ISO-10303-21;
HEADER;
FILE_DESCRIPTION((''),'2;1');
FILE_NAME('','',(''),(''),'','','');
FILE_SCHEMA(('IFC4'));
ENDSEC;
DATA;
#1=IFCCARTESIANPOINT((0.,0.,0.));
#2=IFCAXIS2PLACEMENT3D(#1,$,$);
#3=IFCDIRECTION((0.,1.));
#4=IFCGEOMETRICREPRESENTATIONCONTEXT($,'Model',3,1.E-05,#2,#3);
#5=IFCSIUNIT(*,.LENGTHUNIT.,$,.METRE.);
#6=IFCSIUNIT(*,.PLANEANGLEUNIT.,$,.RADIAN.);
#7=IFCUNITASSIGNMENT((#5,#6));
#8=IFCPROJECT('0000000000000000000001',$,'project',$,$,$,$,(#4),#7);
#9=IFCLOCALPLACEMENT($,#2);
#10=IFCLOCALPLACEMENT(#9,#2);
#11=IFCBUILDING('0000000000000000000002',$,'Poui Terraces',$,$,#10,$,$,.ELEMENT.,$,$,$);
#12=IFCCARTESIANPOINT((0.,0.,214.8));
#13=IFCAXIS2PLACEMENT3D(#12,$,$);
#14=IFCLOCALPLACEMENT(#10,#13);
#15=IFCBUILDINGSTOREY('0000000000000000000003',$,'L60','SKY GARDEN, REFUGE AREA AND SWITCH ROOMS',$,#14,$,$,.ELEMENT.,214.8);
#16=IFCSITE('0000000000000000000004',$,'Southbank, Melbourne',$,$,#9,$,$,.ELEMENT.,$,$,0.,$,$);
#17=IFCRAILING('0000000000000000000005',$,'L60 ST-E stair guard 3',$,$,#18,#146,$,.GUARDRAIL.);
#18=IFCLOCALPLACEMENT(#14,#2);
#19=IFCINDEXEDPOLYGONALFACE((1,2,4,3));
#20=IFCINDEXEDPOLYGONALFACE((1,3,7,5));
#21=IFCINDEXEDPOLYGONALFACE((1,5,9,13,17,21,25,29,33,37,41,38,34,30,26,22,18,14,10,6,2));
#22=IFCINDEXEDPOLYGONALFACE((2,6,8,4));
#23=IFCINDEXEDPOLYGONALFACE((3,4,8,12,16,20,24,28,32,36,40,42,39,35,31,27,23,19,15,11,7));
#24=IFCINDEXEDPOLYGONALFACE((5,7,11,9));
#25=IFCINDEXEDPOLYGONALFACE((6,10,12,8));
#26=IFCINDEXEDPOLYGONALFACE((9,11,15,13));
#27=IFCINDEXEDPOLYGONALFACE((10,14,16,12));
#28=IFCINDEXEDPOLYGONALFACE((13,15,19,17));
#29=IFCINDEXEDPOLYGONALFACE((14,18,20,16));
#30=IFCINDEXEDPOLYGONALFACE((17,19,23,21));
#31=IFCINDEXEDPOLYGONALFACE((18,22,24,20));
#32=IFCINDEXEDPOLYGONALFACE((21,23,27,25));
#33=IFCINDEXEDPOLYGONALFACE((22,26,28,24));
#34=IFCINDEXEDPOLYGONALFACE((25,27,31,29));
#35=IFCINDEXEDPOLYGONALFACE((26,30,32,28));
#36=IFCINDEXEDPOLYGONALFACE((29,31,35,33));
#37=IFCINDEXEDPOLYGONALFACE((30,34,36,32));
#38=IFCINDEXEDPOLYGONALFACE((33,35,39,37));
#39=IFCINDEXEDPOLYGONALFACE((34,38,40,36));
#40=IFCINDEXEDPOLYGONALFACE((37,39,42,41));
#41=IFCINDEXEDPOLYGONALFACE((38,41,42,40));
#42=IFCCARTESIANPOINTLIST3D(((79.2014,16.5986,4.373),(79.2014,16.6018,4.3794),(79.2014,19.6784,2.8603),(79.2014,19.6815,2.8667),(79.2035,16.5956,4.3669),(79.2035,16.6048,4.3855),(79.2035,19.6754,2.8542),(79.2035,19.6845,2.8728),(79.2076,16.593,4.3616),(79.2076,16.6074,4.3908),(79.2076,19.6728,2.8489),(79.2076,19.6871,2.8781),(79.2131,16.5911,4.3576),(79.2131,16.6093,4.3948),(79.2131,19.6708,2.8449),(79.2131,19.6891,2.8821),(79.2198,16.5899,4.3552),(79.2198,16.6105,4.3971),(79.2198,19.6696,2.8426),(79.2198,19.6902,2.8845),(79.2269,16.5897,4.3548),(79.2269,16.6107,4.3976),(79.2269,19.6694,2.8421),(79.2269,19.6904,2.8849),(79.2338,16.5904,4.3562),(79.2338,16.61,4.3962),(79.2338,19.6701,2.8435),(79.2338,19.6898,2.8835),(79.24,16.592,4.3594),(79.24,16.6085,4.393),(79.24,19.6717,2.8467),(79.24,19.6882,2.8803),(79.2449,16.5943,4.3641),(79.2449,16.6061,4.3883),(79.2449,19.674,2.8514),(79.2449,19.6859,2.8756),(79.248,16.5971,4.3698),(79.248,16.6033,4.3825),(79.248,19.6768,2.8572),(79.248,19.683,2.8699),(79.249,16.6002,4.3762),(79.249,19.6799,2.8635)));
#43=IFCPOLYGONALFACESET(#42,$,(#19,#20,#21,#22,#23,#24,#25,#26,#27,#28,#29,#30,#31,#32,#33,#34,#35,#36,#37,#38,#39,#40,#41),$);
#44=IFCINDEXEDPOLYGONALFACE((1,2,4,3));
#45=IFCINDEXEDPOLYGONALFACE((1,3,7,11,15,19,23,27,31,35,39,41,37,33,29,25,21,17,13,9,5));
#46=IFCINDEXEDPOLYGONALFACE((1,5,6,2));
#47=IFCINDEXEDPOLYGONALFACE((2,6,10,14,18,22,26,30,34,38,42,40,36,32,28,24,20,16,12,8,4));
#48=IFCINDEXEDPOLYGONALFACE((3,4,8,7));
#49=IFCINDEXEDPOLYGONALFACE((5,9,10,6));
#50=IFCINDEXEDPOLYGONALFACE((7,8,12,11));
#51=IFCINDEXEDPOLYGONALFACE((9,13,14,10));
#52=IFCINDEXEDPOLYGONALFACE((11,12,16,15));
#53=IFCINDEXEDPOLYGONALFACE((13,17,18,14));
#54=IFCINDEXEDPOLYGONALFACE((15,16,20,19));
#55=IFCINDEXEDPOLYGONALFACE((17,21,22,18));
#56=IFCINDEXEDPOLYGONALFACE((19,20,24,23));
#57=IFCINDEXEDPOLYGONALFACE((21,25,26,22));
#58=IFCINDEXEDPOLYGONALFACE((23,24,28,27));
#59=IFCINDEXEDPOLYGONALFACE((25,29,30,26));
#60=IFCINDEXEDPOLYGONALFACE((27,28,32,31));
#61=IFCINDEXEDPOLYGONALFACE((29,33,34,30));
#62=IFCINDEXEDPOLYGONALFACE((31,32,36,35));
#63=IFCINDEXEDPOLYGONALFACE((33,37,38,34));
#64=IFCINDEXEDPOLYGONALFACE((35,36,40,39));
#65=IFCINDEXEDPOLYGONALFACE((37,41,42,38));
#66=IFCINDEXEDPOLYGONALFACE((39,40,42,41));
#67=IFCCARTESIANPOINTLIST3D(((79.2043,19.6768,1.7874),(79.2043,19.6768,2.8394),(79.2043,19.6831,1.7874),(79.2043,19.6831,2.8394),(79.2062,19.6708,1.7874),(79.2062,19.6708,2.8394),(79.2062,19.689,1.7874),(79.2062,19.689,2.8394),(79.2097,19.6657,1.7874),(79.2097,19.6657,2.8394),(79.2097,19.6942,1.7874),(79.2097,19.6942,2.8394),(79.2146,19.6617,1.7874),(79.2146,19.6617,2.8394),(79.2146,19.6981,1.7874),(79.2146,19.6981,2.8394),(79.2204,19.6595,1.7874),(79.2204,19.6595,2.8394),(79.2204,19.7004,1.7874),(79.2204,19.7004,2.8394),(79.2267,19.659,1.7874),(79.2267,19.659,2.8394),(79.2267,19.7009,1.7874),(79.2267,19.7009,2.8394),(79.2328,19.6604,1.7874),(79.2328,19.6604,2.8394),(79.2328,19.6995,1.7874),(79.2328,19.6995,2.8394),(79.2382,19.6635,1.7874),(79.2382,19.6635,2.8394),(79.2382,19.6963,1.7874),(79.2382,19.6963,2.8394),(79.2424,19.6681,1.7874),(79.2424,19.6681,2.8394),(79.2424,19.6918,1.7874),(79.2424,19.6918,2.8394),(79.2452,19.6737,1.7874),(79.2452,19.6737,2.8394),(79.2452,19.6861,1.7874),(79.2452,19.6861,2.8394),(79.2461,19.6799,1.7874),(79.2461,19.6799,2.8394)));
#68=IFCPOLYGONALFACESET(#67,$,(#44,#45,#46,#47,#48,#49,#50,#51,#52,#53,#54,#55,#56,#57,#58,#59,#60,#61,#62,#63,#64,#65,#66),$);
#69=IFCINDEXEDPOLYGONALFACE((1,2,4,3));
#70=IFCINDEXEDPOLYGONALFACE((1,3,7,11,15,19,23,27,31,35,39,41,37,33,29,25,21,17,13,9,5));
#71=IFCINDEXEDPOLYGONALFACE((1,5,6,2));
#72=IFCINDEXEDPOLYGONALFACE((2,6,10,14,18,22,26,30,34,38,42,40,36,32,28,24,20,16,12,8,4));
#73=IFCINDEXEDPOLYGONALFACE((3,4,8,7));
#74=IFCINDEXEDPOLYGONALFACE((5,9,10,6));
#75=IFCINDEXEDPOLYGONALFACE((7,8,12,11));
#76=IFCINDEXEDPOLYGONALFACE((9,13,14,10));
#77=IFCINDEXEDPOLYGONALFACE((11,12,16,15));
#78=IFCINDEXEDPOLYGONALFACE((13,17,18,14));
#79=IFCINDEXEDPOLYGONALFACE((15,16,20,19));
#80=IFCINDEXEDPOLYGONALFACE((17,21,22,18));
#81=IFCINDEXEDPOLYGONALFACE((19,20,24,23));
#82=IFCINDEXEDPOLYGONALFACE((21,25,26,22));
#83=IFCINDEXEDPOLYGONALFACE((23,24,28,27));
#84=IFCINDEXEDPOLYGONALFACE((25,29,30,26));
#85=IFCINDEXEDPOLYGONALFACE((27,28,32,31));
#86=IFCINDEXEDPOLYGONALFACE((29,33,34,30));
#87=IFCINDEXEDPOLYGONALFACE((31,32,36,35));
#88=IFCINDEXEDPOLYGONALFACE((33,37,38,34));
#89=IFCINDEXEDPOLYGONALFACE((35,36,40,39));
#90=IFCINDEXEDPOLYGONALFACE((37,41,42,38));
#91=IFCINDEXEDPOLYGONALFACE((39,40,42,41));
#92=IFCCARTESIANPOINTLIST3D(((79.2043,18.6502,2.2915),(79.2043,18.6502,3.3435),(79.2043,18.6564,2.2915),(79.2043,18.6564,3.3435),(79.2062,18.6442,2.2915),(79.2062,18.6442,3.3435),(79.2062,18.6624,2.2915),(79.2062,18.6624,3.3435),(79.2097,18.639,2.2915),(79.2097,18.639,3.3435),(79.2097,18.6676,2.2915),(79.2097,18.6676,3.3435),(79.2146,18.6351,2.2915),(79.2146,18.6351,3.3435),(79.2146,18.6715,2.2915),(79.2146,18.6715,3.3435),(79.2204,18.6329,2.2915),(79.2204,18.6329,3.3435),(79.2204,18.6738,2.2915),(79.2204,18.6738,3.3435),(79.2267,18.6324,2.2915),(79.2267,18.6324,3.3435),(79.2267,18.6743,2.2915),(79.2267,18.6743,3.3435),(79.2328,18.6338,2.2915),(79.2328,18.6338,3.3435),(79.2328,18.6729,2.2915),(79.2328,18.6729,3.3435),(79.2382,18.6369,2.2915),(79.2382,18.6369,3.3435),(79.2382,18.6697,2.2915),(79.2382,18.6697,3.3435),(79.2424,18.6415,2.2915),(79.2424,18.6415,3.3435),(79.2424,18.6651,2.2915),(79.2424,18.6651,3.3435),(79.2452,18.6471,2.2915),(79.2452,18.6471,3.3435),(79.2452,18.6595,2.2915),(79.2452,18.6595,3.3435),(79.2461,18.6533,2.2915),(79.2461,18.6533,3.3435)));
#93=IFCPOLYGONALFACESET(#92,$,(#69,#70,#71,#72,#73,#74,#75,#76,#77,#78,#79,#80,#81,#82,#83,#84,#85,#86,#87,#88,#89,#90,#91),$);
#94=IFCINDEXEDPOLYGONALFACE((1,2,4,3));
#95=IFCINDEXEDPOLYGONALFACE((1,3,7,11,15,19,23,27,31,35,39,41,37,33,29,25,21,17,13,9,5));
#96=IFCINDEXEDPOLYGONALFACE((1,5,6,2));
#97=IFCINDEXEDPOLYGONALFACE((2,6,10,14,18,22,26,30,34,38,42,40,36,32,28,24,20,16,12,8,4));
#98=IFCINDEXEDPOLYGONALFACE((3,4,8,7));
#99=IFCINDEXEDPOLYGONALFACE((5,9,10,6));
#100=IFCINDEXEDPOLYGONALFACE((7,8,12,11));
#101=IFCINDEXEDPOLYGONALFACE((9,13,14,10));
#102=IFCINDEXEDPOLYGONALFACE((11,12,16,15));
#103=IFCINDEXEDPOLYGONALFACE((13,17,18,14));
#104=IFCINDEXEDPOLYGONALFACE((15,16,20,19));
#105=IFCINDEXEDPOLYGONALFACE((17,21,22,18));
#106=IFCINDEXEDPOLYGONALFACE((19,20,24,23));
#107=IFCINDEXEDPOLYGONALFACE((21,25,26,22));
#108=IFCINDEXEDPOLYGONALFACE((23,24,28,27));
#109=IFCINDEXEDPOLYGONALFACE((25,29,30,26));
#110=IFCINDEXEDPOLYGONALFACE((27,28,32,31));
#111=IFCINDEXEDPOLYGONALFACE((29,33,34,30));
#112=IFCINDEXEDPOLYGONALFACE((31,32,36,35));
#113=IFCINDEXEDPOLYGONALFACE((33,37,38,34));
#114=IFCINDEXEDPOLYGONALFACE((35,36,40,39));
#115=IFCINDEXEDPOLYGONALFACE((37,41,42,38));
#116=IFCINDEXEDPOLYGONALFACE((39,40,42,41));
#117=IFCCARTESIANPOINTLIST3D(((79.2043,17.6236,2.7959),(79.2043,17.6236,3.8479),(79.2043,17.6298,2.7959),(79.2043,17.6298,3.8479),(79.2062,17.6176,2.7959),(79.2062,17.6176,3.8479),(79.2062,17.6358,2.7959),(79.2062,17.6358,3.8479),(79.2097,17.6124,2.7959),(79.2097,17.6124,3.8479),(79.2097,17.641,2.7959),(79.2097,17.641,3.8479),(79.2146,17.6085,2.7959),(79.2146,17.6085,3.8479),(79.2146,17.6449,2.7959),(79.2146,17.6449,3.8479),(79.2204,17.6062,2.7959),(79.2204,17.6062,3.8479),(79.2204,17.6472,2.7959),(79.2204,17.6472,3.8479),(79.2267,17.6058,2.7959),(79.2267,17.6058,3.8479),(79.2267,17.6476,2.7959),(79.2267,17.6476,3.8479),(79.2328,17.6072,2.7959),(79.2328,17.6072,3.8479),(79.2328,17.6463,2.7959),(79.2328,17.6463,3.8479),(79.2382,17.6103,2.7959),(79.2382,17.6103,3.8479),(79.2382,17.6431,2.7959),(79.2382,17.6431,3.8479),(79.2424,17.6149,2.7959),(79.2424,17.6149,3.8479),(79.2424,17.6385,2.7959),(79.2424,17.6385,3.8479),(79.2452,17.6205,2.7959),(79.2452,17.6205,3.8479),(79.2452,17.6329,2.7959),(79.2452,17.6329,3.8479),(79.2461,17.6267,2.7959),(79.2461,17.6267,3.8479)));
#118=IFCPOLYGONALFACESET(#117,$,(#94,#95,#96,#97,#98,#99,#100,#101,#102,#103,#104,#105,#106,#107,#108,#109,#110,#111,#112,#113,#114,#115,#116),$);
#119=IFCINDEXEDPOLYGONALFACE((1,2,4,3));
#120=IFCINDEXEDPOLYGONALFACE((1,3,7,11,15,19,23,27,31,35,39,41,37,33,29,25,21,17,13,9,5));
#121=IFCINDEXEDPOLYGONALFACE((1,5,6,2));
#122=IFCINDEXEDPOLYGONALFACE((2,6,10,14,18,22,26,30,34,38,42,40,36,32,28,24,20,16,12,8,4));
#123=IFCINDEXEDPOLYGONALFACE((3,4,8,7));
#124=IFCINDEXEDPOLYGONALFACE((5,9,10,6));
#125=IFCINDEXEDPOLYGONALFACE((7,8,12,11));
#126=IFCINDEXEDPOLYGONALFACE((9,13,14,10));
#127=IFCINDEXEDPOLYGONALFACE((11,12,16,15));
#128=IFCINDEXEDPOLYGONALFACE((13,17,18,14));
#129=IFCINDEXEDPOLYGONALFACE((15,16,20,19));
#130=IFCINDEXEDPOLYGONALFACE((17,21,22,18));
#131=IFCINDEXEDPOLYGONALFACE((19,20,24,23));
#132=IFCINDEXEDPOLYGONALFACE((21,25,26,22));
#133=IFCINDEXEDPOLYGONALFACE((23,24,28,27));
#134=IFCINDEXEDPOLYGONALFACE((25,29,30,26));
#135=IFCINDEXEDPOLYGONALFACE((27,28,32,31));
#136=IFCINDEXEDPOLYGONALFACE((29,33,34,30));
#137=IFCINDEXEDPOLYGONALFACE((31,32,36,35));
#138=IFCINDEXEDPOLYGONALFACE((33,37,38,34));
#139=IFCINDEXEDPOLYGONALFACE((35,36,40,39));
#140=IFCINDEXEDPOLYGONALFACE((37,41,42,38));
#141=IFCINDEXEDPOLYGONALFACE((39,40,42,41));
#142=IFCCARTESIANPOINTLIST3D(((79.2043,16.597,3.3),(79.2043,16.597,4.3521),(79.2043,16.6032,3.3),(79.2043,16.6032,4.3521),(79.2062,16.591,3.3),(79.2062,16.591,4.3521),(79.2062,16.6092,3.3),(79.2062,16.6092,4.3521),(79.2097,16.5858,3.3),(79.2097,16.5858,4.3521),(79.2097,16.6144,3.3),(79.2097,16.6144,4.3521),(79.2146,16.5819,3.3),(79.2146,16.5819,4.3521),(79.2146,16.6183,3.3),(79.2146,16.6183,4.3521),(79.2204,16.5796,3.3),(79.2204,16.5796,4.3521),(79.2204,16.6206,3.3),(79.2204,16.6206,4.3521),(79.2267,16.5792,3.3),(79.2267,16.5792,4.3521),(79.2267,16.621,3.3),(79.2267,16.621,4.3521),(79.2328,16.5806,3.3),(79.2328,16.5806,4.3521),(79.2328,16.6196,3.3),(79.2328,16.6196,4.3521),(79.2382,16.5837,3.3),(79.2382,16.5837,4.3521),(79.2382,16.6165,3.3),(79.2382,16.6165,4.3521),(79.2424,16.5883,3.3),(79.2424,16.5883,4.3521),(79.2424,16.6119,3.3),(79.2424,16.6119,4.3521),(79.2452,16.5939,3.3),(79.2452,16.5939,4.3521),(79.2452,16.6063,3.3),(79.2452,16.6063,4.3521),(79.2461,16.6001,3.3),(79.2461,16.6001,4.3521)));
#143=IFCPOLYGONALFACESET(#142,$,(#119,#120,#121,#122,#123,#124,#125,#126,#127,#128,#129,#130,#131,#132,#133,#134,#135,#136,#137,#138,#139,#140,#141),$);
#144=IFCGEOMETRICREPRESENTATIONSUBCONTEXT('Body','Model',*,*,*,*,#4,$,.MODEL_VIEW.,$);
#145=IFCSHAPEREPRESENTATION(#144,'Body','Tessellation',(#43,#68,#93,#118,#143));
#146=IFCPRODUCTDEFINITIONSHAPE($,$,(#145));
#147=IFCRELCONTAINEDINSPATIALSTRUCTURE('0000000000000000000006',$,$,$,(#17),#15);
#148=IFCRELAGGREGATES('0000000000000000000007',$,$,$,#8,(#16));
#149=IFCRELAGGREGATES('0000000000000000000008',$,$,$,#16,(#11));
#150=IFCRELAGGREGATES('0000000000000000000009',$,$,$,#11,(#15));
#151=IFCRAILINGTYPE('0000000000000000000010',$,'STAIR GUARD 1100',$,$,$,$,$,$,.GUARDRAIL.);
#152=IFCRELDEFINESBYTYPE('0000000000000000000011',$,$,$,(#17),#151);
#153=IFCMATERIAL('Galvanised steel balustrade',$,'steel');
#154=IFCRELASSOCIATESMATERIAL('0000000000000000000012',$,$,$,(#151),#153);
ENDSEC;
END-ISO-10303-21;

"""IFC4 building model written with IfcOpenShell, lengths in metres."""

from ifc_helpers import new_model, si_unit, direction, frame, origin, origin_2d, place, context, subcontext, project, spatial, circle, extrude, material, type_object, element, save


model = new_model("IFC4")

# Units and contexts
model_context = context("Model", 3, precision=1e-05, world=origin(), true_north=direction((0.0, 1.0)))
body_context = subcontext(model_context, "Body", "Model", "MODEL_VIEW")
ifc_project = project(units=[si_unit("LENGTHUNIT", "METRE"), si_unit("PLANEANGLEUNIT", "RADIAN")], contexts=[model_context])

# Site, building, storey
site_placement = place(None, origin())
site = spatial("IfcSite", under=ifc_project, at=site_placement, Name="Southbank, Melbourne", CompositionType="ELEMENT", RefElevation=0.0)
building_placement = place(site_placement, origin())
building = spatial("IfcBuilding", under=site, at=building_placement, Name="Poui Terraces", CompositionType="ELEMENT")
storey_placement = place(building_placement, frame((0.0, 0.0, 214.8)))
storey = spatial("IfcBuildingStorey", under=building, at=storey_placement, Name="L60", Description="SKY GARDEN, REFUGE AREA AND SWITCH ROOMS", CompositionType="ELEMENT", Elevation=214.8)

# Railing
ifc_material_1 = material(Name="Galvanised steel balustrade", Category="steel")
railing_type_1 = type_object("IfcRailingType", Name="STAIR GUARD 1100", PredefinedType="GUARDRAIL", material=ifc_material_1)
railing_1_placement = place(storey_placement, frame((79.2251, 19.6799, 1.7874)))
element("IfcRailing", 1, at=railing_1_placement, inside=storey, type_object=railing_type_1, Name="L60 ST-E stair guard 3", PredefinedType="GUARDRAIL", context=body_context, shape_type="SweptSolid", body=[
    extrude(circle(Radius=0.0239, at=origin_2d()), frame((0.0, 0.0, 1.0762), z_axis=(0.0, -0.897578, 0.440856), x_axis=(1.0, 0.0, 0.0)), (0.0, 0.0, 1.0), 3.4312),
    extrude(circle(Radius=0.021, at=origin_2d()), origin(), (0.0, 0.0, 1.0), 1.052),
    extrude(circle(Radius=0.021, at=origin_2d()), frame((0.0, -1.0266, 0.5042)), (0.0, 0.0, 1.0), 1.052),
    extrude(circle(Radius=0.021, at=origin_2d()), frame((0.0, -2.0532, 1.0085)), (0.0, 0.0, 1.0), 1.052),
    extrude(circle(Radius=0.021, at=origin_2d()), frame((0.0, -3.0798, 1.5127)), (0.0, 0.0, 1.0), 1.052),
])

save(model, "model.ifc")
